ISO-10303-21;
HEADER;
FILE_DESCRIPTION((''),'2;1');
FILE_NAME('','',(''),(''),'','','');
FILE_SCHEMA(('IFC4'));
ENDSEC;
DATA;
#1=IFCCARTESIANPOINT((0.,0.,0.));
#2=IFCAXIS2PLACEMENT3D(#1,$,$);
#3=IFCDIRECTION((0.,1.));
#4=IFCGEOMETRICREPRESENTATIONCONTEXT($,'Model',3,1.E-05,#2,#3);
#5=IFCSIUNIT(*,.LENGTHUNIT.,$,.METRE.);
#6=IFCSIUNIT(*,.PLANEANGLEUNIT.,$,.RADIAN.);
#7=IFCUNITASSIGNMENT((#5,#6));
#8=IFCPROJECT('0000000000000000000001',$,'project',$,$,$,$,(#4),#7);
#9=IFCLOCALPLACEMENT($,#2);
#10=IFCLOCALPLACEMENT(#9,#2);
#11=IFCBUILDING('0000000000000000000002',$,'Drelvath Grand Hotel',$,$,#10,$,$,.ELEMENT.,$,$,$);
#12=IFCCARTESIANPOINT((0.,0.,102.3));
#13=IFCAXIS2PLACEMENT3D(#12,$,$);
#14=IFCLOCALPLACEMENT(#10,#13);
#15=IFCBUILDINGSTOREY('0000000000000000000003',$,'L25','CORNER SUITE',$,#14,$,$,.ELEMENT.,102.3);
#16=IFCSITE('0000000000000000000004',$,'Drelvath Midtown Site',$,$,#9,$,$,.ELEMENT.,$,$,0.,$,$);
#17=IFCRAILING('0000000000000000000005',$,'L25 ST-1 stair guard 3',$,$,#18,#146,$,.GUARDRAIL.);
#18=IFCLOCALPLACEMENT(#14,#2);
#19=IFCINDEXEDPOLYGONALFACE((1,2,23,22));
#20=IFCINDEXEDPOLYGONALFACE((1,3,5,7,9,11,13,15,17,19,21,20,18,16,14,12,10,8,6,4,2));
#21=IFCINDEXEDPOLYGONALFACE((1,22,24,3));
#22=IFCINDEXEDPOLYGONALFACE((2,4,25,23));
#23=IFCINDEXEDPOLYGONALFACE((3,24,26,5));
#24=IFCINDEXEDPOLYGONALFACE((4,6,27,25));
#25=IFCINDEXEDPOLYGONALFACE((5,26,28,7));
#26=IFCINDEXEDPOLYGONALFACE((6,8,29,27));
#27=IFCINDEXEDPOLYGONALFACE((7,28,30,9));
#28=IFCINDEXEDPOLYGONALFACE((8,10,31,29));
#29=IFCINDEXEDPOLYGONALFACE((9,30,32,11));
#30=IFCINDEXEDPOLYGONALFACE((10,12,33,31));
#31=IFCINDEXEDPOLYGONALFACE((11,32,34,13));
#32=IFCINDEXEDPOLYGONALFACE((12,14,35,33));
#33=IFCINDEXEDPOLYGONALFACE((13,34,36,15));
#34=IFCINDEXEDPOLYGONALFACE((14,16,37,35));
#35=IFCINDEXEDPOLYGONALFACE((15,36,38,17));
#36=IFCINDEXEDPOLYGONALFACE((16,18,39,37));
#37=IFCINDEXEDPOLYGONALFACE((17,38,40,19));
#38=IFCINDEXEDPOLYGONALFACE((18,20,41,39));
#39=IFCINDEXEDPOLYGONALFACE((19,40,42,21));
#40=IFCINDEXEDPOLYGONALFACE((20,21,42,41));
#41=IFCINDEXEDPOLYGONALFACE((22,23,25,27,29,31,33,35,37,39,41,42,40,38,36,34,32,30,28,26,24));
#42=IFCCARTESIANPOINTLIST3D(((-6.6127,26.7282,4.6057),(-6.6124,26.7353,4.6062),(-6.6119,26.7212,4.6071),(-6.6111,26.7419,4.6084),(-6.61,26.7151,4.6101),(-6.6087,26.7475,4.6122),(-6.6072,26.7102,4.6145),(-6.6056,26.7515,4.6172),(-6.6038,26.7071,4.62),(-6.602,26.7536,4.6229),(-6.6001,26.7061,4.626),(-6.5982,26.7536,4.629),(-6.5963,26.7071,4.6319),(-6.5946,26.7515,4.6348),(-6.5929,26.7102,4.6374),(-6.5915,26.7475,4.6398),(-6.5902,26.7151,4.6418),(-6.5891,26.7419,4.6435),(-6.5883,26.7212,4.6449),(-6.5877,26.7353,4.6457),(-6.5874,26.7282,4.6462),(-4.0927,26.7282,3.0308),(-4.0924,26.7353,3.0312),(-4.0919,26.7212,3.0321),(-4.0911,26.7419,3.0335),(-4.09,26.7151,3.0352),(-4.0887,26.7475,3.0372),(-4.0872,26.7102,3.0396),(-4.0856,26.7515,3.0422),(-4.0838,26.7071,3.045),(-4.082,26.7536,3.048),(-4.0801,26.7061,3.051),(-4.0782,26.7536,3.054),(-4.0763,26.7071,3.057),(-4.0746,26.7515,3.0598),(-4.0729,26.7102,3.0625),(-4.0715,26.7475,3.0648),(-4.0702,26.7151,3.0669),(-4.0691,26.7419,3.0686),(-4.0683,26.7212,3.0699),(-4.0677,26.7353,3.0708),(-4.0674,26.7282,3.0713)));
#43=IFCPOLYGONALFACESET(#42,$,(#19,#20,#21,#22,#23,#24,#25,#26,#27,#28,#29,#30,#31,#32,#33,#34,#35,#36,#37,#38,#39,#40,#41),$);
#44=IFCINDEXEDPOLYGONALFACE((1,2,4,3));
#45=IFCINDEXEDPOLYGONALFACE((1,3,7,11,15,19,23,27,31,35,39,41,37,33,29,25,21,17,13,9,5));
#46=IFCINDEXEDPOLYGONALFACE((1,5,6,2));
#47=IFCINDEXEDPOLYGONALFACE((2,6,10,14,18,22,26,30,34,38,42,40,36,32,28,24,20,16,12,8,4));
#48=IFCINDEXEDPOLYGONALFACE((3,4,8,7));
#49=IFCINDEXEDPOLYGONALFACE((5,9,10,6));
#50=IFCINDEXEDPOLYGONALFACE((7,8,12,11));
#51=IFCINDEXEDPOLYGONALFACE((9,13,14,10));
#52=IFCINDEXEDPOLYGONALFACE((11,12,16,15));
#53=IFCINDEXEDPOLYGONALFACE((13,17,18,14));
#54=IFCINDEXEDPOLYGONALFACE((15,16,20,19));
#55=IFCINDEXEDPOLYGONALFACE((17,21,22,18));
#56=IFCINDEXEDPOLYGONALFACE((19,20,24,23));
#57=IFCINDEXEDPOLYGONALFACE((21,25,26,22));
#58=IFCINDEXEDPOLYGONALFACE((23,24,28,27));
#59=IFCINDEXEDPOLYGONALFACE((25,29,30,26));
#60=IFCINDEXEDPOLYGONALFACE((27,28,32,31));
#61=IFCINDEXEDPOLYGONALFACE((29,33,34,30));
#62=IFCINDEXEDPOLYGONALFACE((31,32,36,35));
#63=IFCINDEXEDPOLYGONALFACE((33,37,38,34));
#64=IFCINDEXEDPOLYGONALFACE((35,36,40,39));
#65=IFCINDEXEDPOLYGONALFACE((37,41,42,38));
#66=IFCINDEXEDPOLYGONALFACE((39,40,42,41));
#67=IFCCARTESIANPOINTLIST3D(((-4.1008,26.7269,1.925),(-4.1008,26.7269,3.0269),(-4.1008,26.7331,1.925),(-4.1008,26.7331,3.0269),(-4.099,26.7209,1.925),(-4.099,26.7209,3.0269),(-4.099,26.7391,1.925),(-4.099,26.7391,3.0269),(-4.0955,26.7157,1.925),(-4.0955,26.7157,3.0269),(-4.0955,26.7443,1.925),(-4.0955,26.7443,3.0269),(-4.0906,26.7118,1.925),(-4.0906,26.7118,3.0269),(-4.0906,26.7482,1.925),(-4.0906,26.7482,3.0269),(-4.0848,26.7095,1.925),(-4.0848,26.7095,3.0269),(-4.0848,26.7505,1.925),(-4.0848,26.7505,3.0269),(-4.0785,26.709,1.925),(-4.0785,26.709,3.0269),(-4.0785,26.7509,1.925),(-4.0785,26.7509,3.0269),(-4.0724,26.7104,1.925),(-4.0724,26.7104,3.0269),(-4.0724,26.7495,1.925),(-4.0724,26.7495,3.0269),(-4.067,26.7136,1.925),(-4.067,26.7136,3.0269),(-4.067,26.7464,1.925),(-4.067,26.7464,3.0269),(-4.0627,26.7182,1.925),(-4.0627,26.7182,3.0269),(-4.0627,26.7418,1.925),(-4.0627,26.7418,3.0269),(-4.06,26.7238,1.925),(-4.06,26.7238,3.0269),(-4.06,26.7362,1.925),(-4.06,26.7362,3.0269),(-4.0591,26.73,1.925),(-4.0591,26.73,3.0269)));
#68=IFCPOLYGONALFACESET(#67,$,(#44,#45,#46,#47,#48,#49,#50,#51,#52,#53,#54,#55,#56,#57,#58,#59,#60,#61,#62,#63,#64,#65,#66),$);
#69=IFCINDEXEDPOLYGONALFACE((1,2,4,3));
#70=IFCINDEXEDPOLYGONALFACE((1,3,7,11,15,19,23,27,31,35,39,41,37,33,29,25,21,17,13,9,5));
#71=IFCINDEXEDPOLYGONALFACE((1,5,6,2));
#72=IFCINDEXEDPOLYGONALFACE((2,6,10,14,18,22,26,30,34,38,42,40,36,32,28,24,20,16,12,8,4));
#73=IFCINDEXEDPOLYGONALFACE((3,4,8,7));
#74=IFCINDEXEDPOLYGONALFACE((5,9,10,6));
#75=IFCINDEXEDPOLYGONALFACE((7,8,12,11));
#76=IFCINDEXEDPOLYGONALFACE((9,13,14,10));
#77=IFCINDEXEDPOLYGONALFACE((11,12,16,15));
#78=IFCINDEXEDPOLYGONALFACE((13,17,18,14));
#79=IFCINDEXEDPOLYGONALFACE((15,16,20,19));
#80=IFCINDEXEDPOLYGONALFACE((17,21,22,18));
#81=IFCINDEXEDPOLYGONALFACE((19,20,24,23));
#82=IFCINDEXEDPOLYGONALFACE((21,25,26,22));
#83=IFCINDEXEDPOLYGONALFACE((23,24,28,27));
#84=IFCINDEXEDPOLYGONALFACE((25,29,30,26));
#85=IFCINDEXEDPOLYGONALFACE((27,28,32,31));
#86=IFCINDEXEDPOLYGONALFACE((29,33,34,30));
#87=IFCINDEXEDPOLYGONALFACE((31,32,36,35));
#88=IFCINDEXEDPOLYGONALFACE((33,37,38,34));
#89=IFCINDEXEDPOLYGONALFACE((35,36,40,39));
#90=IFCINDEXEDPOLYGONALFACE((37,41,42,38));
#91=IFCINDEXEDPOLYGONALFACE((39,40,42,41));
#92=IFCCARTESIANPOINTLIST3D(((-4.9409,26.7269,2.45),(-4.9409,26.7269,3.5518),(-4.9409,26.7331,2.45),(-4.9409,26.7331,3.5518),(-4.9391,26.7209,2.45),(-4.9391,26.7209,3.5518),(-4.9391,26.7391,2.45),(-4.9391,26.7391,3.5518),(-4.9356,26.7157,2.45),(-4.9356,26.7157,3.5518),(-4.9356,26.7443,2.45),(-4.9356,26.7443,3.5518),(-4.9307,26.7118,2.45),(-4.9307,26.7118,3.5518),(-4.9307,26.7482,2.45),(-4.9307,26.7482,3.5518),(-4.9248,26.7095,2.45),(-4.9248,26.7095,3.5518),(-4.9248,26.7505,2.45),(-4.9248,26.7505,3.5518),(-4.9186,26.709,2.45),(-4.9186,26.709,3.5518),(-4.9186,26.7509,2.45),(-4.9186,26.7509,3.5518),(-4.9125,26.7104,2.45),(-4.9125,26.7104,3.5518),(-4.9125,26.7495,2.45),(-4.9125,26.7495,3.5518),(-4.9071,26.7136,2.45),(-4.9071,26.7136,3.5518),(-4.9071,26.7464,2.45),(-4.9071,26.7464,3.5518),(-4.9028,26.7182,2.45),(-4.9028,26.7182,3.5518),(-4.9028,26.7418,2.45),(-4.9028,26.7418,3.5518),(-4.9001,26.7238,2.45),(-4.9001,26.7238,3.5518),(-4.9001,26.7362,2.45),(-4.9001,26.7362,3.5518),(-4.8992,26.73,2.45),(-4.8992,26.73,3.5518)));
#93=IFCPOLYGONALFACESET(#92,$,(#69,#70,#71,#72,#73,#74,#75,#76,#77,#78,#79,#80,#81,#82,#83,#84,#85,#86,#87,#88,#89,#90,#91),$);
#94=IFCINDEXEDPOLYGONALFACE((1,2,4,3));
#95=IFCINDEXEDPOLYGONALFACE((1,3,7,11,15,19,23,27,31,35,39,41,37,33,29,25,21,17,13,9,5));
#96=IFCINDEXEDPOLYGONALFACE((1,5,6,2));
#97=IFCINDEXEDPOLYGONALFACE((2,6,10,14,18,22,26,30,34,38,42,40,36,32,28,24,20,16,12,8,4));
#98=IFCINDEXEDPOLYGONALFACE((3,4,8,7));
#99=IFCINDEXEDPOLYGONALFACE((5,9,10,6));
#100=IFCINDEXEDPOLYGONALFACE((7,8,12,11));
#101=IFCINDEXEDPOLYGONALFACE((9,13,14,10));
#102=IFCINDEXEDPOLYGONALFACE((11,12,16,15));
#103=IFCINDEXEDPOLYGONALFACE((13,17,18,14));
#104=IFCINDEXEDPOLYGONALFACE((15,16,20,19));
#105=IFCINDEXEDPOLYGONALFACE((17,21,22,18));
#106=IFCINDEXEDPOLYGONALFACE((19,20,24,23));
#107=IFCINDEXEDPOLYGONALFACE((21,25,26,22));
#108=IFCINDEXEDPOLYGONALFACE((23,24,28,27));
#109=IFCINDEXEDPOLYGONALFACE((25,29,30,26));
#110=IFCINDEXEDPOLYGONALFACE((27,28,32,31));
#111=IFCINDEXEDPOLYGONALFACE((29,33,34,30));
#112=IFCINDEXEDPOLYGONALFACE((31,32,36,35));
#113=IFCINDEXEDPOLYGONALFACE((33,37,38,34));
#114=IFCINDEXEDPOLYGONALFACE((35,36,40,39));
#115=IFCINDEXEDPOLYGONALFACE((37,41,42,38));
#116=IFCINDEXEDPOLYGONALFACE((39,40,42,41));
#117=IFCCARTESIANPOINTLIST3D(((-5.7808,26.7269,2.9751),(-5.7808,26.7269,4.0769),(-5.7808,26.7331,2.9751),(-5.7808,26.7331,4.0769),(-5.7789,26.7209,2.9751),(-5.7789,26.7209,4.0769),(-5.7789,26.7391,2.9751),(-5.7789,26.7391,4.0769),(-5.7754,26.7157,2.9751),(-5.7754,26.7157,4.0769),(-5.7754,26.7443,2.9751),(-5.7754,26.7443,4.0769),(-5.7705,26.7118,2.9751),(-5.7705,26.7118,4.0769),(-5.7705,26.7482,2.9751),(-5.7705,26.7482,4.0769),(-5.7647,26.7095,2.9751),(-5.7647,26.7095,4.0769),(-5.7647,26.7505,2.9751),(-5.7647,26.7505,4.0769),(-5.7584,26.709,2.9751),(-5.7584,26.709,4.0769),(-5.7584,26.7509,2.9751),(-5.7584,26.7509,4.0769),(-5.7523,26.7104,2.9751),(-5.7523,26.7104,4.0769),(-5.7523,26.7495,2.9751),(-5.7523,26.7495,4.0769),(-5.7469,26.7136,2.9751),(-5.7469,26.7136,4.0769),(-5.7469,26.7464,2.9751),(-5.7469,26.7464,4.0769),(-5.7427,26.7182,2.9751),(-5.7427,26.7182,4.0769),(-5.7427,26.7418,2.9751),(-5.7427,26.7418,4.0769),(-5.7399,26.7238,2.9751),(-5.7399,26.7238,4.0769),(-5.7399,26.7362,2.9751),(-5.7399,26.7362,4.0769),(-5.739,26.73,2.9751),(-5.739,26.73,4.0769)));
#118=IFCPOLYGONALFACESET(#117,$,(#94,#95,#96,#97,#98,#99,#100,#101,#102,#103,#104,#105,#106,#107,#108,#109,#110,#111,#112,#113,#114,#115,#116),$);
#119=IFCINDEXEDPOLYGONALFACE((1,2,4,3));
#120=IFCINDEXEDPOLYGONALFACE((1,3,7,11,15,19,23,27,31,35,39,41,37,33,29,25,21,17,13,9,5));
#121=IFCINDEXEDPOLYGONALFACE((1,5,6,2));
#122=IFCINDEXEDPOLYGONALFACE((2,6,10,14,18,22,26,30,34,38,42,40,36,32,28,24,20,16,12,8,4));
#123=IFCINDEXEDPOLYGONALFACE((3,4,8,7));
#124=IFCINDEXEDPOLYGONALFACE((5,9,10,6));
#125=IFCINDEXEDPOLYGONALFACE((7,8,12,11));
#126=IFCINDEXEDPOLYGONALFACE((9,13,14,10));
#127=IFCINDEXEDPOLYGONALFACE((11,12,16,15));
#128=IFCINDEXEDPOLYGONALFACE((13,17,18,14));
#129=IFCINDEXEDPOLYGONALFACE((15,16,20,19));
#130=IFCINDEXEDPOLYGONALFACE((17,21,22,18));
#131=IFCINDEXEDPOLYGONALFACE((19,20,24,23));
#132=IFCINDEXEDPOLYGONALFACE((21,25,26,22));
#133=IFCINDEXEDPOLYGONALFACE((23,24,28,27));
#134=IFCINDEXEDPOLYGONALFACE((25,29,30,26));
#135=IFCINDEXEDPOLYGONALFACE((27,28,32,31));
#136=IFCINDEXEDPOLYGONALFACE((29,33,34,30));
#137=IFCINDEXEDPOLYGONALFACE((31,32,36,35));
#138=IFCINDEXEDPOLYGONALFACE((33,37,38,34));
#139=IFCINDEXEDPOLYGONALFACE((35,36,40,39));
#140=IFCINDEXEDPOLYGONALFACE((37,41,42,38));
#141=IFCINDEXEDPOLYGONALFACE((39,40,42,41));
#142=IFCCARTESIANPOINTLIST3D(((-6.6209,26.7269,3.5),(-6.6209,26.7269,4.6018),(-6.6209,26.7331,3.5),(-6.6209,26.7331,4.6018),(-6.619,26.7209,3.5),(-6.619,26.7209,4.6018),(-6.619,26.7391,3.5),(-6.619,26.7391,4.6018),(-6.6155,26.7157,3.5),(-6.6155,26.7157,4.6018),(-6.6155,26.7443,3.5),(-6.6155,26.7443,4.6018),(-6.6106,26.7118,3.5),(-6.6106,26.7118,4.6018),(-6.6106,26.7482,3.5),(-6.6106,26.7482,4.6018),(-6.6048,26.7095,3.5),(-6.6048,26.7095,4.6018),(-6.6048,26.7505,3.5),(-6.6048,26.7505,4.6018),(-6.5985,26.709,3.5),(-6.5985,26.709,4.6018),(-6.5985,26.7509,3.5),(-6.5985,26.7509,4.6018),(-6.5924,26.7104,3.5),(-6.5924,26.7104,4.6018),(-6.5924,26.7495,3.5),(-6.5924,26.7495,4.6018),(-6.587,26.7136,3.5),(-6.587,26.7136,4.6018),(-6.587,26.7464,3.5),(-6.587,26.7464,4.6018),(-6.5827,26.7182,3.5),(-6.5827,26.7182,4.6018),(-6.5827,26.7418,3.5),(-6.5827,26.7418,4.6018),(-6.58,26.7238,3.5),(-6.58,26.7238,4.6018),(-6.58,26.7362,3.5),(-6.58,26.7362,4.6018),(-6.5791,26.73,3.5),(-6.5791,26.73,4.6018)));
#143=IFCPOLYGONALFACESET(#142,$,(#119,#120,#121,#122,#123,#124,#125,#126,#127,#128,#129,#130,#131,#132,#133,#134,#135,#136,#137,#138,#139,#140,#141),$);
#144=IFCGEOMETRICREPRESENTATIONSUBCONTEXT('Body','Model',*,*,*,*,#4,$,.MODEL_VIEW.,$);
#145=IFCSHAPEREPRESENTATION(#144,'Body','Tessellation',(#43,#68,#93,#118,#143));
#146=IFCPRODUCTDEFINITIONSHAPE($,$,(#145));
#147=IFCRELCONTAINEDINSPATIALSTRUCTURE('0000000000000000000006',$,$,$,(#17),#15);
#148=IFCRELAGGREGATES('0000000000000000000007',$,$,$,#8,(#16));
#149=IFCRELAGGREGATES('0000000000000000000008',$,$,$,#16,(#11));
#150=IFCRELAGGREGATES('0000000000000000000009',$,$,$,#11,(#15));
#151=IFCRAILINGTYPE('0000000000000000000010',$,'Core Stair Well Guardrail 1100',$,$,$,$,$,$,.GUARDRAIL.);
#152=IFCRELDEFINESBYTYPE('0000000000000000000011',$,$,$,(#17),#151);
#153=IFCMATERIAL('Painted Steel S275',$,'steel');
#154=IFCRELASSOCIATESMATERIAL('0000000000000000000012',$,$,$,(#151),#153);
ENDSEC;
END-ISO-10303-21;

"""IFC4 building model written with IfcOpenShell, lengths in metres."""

from ifc_helpers import new_model, si_unit, direction, frame, origin, origin_2d, place, context, subcontext, project, spatial, circle, extrude, material, type_object, element, save


model = new_model("IFC4")

# Units and contexts
model_context = context("Model", 3, precision=1e-05, world=origin(), true_north=direction((0.0, 1.0)))
body_context = subcontext(model_context, "Body", "Model", "MODEL_VIEW")
ifc_project = project(units=[si_unit("LENGTHUNIT", "METRE"), si_unit("PLANEANGLEUNIT", "RADIAN")], contexts=[model_context])

# Site, building, storey
site_placement = place(None, origin())
site = spatial("IfcSite", under=ifc_project, at=site_placement, Name="Drelvath Midtown Site", CompositionType="ELEMENT", RefElevation=0.0)
building_placement = place(site_placement, origin())
building = spatial("IfcBuilding", under=site, at=building_placement, Name="Drelvath Grand Hotel", CompositionType="ELEMENT")
storey_placement = place(building_placement, frame((0.0, 0.0, 102.3)))
storey = spatial("IfcBuildingStorey", under=building, at=storey_placement, Name="L25", Description="CORNER SUITE", CompositionType="ELEMENT", Elevation=102.3)

# Shared definitions
ifc_material_1 = material(Name="Painted Steel S275", Category="steel")

# Railing
railing_type_1 = type_object("IfcRailingType", Name="Core Stair Well Guardrail 1100", PredefinedType="GUARDRAIL", material=ifc_material_1)
railing_1_placement = place(storey_placement, frame((-4.0801, 26.73, 1.925)))
element("IfcRailing", 1, at=railing_1_placement, inside=storey, type_object=railing_type_1, Name="L25 ST-1 stair guard 3", PredefinedType="GUARDRAIL", context=body_context, shape_type="SweptSolid", body=[
    extrude(circle(Radius=0.0239, at=origin_2d()), frame((0.0, 0.0, 1.126), z_axis=(-0.848008, 0.0, 0.529984), x_axis=(0.0, -1.0, 0.0)), (0.0, 0.0, 1.0), 2.9717),
    extrude(circle(Radius=0.021, at=origin_2d()), origin(), (0.0, 0.0, 1.0), 1.1018),
    extrude(circle(Radius=0.021, at=origin_2d()), frame((-0.8401, 0.0, 0.5249)), (0.0, 0.0, 1.0), 1.1018),
    extrude(circle(Radius=0.021, at=origin_2d()), frame((-1.6799, 0.0, 1.05)), (0.0, 0.0, 1.0), 1.1018),
    extrude(circle(Radius=0.021, at=origin_2d()), frame((-2.52, 0.0, 1.575)), (0.0, 0.0, 1.0), 1.1018),
])

save(model, "model.ifc")
